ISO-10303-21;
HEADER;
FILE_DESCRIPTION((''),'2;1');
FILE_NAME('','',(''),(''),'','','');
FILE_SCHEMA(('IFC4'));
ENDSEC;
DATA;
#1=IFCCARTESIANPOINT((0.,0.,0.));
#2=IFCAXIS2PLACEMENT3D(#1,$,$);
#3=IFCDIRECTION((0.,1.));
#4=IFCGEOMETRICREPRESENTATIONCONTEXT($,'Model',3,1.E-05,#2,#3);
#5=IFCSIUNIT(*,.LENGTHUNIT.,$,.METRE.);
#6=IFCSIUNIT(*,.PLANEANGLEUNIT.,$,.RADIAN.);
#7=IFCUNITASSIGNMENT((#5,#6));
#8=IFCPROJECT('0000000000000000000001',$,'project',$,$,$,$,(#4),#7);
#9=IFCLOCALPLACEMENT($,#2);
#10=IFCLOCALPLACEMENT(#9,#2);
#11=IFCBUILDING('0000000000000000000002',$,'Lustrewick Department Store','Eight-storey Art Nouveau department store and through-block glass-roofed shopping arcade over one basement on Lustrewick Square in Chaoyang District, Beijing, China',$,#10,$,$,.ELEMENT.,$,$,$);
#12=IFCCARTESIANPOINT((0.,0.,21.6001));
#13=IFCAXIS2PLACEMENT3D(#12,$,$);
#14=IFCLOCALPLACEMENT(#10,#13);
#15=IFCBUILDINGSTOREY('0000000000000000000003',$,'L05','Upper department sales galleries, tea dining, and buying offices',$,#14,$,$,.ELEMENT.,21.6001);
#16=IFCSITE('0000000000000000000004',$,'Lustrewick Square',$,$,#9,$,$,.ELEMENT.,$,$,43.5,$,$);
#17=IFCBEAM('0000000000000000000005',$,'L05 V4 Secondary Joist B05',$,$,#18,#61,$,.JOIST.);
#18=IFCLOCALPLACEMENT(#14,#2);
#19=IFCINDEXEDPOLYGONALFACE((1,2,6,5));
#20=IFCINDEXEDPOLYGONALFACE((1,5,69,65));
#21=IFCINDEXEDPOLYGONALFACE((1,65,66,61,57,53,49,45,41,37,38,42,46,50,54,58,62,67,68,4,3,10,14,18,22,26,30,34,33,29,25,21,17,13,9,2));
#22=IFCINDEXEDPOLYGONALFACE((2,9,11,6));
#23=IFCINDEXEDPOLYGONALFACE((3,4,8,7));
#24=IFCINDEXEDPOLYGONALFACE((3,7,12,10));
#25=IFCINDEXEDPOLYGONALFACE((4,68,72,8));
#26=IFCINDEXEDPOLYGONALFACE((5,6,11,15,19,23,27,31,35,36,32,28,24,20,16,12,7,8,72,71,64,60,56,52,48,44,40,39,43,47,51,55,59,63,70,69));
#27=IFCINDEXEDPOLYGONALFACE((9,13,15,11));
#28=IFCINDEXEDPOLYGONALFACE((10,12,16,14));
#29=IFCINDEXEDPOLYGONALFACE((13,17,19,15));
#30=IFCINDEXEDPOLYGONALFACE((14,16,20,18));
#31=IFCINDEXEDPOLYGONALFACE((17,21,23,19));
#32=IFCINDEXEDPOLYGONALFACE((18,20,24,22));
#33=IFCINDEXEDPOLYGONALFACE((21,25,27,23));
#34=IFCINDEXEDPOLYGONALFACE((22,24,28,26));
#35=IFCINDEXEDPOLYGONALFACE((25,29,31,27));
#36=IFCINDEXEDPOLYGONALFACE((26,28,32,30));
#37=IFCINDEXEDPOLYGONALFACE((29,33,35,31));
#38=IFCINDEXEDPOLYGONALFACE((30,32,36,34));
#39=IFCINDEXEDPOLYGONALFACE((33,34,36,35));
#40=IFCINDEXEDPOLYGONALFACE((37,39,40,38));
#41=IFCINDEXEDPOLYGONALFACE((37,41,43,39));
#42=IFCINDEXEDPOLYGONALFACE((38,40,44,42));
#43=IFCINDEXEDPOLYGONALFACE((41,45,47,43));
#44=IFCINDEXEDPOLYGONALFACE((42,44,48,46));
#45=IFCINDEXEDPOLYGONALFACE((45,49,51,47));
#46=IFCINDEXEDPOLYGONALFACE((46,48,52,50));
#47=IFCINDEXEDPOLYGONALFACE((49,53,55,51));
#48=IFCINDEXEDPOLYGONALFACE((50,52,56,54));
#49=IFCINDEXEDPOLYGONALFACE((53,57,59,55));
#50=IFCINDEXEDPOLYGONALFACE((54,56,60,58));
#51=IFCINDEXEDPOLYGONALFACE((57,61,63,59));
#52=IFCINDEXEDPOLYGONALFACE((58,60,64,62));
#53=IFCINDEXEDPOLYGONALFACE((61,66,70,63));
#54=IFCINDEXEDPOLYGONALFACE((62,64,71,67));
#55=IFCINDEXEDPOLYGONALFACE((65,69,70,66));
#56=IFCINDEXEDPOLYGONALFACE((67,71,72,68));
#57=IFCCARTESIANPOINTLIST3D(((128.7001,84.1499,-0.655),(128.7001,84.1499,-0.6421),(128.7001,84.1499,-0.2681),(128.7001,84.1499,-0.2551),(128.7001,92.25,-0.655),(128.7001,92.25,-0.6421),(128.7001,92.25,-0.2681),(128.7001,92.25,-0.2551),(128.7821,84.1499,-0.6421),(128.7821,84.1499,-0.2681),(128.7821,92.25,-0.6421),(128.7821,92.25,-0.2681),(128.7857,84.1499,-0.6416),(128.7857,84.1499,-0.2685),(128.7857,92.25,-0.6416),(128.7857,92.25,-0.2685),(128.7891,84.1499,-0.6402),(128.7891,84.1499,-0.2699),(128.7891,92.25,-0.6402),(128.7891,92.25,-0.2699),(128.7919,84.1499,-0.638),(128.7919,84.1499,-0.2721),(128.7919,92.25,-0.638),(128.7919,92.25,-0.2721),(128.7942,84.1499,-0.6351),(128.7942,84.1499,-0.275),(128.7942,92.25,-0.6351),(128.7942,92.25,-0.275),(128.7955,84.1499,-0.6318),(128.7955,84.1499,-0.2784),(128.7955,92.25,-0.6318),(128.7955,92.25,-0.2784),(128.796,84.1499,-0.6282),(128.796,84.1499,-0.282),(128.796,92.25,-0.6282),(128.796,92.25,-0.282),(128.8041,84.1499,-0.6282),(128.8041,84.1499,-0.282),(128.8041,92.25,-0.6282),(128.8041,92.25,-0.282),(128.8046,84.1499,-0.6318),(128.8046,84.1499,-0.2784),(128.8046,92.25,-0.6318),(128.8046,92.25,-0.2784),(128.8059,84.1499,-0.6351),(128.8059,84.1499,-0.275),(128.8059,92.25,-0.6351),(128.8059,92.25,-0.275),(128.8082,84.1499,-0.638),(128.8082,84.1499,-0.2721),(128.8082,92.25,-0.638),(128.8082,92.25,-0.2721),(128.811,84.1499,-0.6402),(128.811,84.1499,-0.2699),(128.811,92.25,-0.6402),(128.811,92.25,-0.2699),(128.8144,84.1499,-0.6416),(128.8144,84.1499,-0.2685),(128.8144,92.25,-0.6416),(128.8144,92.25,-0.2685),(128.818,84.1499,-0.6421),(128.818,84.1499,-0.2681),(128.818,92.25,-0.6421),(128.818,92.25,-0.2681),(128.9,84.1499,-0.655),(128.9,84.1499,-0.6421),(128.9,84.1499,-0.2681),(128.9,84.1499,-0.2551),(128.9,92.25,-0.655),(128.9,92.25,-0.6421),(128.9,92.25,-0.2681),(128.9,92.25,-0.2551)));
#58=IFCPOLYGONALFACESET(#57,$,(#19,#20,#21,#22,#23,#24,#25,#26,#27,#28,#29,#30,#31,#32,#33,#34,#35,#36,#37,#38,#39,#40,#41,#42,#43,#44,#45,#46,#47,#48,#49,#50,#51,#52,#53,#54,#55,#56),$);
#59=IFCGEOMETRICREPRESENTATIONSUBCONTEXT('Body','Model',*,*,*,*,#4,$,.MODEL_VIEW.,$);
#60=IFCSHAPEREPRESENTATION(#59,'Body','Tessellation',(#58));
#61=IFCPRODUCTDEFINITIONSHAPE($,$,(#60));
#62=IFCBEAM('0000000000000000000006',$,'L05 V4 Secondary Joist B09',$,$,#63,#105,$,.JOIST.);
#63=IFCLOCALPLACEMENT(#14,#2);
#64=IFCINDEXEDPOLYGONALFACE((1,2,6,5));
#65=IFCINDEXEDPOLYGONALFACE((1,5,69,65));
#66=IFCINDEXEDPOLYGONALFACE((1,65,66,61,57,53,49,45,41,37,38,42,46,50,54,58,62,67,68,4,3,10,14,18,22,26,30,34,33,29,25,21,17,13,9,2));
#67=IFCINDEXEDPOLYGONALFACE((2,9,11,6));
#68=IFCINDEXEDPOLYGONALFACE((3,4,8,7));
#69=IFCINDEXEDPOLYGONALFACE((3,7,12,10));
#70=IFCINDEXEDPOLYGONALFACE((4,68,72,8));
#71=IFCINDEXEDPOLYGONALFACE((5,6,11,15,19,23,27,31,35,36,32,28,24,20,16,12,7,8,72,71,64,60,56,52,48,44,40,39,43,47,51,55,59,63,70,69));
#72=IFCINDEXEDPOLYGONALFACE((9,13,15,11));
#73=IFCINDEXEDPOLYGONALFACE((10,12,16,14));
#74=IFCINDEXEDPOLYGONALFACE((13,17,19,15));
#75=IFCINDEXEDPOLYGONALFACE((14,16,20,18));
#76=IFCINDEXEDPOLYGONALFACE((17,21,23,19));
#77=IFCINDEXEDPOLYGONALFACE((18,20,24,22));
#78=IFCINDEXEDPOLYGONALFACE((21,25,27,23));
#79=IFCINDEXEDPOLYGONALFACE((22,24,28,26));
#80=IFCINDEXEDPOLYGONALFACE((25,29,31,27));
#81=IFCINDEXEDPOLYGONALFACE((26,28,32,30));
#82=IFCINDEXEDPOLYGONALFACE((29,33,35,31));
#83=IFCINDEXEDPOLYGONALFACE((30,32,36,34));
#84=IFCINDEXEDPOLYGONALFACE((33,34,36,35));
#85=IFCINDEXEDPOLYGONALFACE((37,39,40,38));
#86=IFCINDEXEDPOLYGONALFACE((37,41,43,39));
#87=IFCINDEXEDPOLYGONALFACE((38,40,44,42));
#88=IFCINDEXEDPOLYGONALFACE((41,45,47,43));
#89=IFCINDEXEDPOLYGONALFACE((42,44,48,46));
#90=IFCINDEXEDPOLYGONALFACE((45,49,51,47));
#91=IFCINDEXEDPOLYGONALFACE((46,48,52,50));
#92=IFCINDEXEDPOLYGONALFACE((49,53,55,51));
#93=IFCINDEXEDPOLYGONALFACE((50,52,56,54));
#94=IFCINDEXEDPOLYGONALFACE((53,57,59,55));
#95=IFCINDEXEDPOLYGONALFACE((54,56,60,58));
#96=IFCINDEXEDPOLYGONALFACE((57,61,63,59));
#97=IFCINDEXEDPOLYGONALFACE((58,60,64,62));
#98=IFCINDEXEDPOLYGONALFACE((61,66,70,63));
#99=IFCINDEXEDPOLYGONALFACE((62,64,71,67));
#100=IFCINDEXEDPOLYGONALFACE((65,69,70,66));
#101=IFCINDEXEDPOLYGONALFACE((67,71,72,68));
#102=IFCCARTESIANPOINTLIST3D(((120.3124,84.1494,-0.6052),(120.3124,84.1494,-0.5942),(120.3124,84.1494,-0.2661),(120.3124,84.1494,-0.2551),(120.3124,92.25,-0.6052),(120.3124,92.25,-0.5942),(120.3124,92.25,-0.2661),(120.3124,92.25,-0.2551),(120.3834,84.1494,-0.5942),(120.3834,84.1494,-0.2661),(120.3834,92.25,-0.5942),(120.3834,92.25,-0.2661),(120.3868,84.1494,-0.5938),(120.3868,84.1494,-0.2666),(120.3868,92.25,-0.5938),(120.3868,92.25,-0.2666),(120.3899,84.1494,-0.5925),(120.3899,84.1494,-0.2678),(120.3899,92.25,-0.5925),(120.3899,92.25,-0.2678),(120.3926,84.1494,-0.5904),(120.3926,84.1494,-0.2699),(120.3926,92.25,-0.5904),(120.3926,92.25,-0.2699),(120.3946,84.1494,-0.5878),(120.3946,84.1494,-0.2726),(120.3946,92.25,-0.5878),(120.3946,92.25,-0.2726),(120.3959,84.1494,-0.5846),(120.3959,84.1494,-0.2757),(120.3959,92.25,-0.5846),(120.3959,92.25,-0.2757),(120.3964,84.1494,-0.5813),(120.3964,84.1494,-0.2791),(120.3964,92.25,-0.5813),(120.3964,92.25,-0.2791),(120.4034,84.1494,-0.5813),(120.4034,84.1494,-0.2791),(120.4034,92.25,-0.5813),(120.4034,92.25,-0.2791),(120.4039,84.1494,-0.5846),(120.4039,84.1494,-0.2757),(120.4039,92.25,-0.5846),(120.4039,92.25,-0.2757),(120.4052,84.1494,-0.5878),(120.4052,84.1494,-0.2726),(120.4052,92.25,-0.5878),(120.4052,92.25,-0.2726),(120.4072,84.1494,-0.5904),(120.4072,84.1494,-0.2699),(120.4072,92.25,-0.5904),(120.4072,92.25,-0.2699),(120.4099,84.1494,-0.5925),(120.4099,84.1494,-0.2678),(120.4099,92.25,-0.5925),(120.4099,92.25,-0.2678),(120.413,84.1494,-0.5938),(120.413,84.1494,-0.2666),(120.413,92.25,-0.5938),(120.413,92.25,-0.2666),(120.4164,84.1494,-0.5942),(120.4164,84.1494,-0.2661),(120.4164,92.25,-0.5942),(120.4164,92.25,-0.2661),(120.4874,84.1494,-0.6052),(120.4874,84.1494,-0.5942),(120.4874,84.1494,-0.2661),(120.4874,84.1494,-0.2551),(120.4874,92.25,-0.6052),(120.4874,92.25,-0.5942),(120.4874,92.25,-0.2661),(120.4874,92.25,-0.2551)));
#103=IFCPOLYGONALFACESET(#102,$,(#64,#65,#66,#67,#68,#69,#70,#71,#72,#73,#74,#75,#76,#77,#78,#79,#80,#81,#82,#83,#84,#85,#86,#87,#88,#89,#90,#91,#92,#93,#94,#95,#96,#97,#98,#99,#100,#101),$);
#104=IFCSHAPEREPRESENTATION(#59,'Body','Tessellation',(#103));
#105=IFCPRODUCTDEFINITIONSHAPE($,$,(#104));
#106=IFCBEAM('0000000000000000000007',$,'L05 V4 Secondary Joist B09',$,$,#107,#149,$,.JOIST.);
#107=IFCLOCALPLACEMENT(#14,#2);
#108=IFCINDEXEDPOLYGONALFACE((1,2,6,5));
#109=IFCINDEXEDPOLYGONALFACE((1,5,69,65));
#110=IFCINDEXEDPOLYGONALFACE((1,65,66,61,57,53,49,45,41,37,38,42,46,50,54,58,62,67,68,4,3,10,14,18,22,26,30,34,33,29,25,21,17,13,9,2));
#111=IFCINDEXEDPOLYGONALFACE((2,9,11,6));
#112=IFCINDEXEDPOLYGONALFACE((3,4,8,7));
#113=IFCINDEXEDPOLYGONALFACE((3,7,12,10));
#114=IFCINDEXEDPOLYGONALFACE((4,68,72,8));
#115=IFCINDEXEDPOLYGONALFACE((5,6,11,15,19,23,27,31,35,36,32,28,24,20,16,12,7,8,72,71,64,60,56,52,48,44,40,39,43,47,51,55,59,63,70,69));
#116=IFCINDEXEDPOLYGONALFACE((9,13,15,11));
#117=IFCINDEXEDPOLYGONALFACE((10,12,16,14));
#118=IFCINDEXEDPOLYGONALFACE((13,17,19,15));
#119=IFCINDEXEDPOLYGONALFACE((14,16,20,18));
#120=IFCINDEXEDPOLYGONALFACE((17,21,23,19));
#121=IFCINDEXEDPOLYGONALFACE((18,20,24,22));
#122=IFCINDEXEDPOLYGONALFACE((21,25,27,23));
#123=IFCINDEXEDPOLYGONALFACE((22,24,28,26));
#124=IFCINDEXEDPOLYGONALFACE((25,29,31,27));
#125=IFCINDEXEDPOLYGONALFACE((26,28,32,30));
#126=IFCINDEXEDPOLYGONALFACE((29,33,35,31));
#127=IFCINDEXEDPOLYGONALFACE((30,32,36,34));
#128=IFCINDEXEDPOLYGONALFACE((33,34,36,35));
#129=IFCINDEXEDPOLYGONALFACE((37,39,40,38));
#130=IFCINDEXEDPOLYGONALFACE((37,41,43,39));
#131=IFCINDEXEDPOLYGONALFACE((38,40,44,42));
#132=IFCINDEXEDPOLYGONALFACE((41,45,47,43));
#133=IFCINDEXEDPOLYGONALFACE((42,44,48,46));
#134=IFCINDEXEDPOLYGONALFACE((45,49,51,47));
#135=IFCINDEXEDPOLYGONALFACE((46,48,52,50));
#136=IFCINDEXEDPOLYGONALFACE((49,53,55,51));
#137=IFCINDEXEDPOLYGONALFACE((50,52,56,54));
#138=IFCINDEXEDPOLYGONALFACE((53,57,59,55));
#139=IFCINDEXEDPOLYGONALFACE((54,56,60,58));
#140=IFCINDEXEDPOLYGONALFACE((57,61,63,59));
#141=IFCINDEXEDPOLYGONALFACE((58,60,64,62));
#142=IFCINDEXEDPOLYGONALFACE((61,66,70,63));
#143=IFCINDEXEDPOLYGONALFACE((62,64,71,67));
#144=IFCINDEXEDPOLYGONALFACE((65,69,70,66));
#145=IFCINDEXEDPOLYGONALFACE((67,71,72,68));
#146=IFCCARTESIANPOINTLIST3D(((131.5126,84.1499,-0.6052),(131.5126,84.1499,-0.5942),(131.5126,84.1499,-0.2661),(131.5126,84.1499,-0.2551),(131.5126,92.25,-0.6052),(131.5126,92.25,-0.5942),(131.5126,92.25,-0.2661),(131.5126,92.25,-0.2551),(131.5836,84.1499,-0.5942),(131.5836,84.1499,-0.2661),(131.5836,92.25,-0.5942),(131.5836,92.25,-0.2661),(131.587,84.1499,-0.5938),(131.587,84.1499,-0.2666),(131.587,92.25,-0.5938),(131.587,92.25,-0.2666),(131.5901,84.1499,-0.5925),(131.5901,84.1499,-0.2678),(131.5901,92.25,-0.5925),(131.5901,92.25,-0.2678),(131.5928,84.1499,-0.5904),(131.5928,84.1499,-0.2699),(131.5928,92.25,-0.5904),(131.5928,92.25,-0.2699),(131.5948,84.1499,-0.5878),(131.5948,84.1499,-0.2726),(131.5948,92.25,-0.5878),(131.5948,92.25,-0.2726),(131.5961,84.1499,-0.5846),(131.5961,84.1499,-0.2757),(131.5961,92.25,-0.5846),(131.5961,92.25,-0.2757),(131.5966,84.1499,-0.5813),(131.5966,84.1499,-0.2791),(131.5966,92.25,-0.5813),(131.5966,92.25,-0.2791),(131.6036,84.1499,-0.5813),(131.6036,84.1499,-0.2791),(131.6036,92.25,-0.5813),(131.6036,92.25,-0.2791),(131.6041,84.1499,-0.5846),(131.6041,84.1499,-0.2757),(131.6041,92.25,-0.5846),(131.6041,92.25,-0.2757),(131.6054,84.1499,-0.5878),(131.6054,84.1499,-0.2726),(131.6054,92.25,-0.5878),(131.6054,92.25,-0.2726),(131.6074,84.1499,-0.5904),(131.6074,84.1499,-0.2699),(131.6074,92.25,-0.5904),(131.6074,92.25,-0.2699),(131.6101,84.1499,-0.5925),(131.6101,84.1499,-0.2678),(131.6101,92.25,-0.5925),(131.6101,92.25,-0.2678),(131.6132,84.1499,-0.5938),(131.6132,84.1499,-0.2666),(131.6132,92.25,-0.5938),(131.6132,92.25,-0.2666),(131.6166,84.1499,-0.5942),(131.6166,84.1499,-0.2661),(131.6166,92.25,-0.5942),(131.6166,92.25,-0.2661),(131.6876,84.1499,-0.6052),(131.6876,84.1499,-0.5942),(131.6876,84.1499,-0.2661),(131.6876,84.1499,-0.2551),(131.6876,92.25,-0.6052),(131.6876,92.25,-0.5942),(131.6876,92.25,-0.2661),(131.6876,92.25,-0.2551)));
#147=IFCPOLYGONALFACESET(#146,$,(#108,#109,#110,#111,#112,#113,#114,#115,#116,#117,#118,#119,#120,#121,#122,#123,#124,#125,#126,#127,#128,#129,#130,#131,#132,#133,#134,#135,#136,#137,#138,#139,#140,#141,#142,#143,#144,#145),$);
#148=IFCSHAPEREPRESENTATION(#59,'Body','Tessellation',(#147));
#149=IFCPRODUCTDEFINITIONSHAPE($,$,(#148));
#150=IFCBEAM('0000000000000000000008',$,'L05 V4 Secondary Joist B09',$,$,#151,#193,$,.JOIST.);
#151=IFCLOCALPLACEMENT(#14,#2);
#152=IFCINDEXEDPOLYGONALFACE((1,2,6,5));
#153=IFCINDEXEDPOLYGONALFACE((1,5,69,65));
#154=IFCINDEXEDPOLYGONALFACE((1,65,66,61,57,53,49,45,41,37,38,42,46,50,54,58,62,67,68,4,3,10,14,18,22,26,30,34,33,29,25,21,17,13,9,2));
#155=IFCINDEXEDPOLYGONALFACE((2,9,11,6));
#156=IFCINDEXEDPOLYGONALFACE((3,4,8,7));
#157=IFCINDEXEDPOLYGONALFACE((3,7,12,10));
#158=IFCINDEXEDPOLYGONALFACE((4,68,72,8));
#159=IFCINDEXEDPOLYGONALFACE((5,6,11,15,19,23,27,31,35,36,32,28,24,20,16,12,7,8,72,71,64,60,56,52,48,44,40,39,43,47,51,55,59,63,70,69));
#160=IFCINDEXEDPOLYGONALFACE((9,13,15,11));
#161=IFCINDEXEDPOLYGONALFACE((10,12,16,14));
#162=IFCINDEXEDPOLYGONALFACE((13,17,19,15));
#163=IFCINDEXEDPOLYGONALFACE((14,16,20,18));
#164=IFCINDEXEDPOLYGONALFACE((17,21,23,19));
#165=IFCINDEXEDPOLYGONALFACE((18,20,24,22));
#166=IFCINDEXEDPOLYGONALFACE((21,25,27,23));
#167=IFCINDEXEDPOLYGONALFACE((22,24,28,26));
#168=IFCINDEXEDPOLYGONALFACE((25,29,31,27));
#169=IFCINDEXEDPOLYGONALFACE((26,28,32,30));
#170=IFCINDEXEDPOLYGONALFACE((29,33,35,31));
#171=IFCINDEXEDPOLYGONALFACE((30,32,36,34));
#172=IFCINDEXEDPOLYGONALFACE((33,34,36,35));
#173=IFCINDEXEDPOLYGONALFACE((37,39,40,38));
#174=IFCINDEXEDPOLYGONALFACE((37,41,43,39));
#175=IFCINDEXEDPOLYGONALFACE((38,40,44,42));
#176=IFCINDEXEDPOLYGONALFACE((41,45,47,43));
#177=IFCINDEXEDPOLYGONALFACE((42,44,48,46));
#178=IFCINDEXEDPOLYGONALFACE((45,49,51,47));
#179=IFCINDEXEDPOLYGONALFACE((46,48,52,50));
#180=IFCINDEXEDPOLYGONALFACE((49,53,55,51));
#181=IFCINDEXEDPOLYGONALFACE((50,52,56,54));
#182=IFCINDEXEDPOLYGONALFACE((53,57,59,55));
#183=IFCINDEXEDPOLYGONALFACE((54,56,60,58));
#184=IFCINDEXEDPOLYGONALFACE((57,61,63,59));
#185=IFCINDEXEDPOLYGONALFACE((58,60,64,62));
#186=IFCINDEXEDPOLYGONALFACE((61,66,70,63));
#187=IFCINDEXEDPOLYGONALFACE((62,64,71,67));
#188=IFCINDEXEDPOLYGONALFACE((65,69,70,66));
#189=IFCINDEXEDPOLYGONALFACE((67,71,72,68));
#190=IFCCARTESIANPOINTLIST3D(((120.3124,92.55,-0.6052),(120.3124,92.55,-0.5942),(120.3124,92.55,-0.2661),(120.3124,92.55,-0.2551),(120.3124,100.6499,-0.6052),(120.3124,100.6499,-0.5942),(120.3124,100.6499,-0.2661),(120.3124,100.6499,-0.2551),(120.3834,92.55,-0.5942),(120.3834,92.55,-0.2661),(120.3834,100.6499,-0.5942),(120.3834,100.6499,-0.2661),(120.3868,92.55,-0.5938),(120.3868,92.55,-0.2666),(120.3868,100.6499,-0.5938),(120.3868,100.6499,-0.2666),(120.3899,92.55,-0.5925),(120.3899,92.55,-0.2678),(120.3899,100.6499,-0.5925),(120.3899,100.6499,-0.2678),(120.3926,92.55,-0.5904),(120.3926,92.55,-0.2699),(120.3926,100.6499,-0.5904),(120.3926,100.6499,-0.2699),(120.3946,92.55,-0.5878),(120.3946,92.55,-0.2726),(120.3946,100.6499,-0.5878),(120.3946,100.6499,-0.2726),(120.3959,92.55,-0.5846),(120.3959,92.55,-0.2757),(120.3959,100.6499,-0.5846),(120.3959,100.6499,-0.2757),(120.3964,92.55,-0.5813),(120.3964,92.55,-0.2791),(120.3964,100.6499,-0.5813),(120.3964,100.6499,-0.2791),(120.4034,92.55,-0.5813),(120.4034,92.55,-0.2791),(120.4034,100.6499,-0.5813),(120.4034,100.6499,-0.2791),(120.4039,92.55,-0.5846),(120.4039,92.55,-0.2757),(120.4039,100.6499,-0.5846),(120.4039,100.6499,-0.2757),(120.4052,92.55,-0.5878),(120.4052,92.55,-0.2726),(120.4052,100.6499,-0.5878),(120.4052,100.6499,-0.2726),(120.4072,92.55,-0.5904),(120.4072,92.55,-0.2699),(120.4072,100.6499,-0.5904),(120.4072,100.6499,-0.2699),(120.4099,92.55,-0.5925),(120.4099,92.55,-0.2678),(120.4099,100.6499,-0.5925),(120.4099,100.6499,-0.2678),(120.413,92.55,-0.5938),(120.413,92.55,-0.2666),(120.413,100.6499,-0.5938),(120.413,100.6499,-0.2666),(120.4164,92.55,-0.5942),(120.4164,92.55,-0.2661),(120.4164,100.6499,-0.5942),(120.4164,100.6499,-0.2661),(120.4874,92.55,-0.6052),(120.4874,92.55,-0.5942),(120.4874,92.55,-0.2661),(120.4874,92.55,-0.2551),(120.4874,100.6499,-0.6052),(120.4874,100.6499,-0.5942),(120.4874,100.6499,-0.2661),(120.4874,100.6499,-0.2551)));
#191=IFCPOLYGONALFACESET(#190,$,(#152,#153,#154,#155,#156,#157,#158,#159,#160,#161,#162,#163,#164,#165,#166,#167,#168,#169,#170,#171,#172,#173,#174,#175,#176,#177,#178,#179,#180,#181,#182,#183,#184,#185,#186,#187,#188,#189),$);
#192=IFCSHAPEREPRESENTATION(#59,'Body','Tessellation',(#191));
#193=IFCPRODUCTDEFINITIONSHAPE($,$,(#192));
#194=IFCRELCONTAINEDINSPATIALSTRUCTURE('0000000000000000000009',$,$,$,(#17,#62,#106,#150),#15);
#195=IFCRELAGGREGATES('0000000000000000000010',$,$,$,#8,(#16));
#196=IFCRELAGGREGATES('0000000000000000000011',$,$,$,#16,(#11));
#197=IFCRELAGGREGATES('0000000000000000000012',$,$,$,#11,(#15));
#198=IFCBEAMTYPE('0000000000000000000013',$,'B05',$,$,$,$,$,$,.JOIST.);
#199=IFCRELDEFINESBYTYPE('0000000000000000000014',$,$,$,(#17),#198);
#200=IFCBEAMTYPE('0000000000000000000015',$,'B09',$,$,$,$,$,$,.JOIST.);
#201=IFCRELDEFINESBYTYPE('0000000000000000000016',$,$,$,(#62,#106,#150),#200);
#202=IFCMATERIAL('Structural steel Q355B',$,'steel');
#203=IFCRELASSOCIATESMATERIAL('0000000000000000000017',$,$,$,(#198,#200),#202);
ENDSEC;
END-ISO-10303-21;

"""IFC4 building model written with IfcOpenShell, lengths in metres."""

from ifc_helpers import new_model, si_unit, direction, frame, origin, origin_2d, place, context, subcontext, project, spatial, i_section, extrude, material, material_profile, profile_set, type_object, element, save


model = new_model("IFC4")

# Units and contexts
model_context = context("Model", 3, precision=1e-05, world=origin(), true_north=direction((0.0, 1.0)))
body_context = subcontext(model_context, "Body", "Model", "MODEL_VIEW")
ifc_project = project(units=[si_unit("LENGTHUNIT", "METRE"), si_unit("PLANEANGLEUNIT", "RADIAN")], contexts=[model_context])

# Site, building, storey
site_placement = place(None, origin())
site = spatial("IfcSite", under=ifc_project, at=site_placement, Name="Lustrewick Square", CompositionType="ELEMENT", RefElevation=43.5)
building_placement = place(site_placement, origin())
building = spatial("IfcBuilding", under=site, at=building_placement, Name="Lustrewick Department Store", Description="Eight-storey Art Nouveau department store and through-block glass-roofed shopping arcade over one basement on Lustrewick Square in Chaoyang District, Beijing, China", CompositionType="ELEMENT")
storey_placement = place(building_placement, frame((0.0, 0.0, 21.6001)))
storey = spatial("IfcBuildingStorey", under=building, at=storey_placement, Name="L05", Description="Upper department sales galleries, tea dining, and buying offices", CompositionType="ELEMENT", Elevation=21.6001)

# Shared definitions
ifc_material_1 = material(Name="Structural steel Q355B", Category="steel")

# Beams
ifc_material_profile_1 = material_profile(ifc_material_1, i_section(OverallWidth=0.2, OverallDepth=0.3999, WebThickness=0.0081, FlangeThickness=0.0129, FilletRadius=0.0139, at=origin_2d()), Name="HN 400x200x8x13")
ifc_profile_set_1 = profile_set([ifc_material_profile_1], Name="Structural steel Q355B")
beam_type_1 = type_object("IfcBeamType", Name="B05", PredefinedType="JOIST", material=ifc_profile_set_1)
beam_1_placement = place(storey_placement, frame((128.8, 84.1499, -0.4551), z_axis=(0.0, 1.0, 0.0), x_axis=(-1.0, 0.0, 0.0)))
element("IfcBeam", 1, at=beam_1_placement, inside=storey, type_object=beam_type_1, Name="L05 V4 Secondary Joist B05", PredefinedType="JOIST", context=body_context, shape_type="SweptSolid", body=[
    extrude(i_section(OverallWidth=0.2, OverallDepth=0.3999, WebThickness=0.0081, FlangeThickness=0.0129, FilletRadius=0.0139, at=origin_2d()), origin(), (0.0, 0.0, 1.0), 8.1001),
])
ifc_material_profile_2 = material_profile(ifc_material_1, i_section(OverallWidth=0.175, OverallDepth=0.3501, WebThickness=0.0071, FlangeThickness=0.011, FilletRadius=0.0129, at=origin_2d()), Name="HN 350x175x7x11")
ifc_profile_set_2 = profile_set([ifc_material_profile_2], Name="Structural steel Q355B")
beam_type_2 = type_object("IfcBeamType", Name="B09", PredefinedType="JOIST", material=ifc_profile_set_2)
beam_2_placement = place(storey_placement, frame((120.3999, 84.1494, -0.4302), z_axis=(0.0, 1.0, 0.0), x_axis=(-1.0, 0.0, 0.0)))
element("IfcBeam", 2, at=beam_2_placement, inside=storey, type_object=beam_type_2, Name="L05 V4 Secondary Joist B09", PredefinedType="JOIST", context=body_context, shape_type="SweptSolid", body=[
    extrude(i_section(OverallWidth=0.175, OverallDepth=0.3501, WebThickness=0.0071, FlangeThickness=0.011, FilletRadius=0.0129, at=origin_2d()), origin(), (0.0, 0.0, 1.0), 8.1006),
])
beam_3_placement = place(storey_placement, frame((131.6001, 84.1499, -0.4302), z_axis=(0.0, 1.0, 0.0), x_axis=(-1.0, 0.0, 0.0)))
element("IfcBeam", 3, at=beam_3_placement, inside=storey, type_object=beam_type_2, Name="L05 V4 Secondary Joist B09", PredefinedType="JOIST", context=body_context, shape_type="SweptSolid", body=[
    extrude(i_section(OverallWidth=0.175, OverallDepth=0.3501, WebThickness=0.0071, FlangeThickness=0.011, FilletRadius=0.0129, at=origin_2d()), origin(), (0.0, 0.0, 1.0), 8.1001),
])
beam_4_placement = place(storey_placement, frame((120.3999, 92.55, -0.4302), z_axis=(0.0, 1.0, 0.0), x_axis=(-1.0, 0.0, 0.0)))
element("IfcBeam", 4, at=beam_4_placement, inside=storey, type_object=beam_type_2, Name="L05 V4 Secondary Joist B09", PredefinedType="JOIST", context=body_context, shape_type="SweptSolid", body=[
    extrude(i_section(OverallWidth=0.175, OverallDepth=0.3501, WebThickness=0.0071, FlangeThickness=0.011, FilletRadius=0.0129, at=origin_2d()), origin(), (0.0, 0.0, 1.0), 8.0999),
])

save(model, "model.ifc")
